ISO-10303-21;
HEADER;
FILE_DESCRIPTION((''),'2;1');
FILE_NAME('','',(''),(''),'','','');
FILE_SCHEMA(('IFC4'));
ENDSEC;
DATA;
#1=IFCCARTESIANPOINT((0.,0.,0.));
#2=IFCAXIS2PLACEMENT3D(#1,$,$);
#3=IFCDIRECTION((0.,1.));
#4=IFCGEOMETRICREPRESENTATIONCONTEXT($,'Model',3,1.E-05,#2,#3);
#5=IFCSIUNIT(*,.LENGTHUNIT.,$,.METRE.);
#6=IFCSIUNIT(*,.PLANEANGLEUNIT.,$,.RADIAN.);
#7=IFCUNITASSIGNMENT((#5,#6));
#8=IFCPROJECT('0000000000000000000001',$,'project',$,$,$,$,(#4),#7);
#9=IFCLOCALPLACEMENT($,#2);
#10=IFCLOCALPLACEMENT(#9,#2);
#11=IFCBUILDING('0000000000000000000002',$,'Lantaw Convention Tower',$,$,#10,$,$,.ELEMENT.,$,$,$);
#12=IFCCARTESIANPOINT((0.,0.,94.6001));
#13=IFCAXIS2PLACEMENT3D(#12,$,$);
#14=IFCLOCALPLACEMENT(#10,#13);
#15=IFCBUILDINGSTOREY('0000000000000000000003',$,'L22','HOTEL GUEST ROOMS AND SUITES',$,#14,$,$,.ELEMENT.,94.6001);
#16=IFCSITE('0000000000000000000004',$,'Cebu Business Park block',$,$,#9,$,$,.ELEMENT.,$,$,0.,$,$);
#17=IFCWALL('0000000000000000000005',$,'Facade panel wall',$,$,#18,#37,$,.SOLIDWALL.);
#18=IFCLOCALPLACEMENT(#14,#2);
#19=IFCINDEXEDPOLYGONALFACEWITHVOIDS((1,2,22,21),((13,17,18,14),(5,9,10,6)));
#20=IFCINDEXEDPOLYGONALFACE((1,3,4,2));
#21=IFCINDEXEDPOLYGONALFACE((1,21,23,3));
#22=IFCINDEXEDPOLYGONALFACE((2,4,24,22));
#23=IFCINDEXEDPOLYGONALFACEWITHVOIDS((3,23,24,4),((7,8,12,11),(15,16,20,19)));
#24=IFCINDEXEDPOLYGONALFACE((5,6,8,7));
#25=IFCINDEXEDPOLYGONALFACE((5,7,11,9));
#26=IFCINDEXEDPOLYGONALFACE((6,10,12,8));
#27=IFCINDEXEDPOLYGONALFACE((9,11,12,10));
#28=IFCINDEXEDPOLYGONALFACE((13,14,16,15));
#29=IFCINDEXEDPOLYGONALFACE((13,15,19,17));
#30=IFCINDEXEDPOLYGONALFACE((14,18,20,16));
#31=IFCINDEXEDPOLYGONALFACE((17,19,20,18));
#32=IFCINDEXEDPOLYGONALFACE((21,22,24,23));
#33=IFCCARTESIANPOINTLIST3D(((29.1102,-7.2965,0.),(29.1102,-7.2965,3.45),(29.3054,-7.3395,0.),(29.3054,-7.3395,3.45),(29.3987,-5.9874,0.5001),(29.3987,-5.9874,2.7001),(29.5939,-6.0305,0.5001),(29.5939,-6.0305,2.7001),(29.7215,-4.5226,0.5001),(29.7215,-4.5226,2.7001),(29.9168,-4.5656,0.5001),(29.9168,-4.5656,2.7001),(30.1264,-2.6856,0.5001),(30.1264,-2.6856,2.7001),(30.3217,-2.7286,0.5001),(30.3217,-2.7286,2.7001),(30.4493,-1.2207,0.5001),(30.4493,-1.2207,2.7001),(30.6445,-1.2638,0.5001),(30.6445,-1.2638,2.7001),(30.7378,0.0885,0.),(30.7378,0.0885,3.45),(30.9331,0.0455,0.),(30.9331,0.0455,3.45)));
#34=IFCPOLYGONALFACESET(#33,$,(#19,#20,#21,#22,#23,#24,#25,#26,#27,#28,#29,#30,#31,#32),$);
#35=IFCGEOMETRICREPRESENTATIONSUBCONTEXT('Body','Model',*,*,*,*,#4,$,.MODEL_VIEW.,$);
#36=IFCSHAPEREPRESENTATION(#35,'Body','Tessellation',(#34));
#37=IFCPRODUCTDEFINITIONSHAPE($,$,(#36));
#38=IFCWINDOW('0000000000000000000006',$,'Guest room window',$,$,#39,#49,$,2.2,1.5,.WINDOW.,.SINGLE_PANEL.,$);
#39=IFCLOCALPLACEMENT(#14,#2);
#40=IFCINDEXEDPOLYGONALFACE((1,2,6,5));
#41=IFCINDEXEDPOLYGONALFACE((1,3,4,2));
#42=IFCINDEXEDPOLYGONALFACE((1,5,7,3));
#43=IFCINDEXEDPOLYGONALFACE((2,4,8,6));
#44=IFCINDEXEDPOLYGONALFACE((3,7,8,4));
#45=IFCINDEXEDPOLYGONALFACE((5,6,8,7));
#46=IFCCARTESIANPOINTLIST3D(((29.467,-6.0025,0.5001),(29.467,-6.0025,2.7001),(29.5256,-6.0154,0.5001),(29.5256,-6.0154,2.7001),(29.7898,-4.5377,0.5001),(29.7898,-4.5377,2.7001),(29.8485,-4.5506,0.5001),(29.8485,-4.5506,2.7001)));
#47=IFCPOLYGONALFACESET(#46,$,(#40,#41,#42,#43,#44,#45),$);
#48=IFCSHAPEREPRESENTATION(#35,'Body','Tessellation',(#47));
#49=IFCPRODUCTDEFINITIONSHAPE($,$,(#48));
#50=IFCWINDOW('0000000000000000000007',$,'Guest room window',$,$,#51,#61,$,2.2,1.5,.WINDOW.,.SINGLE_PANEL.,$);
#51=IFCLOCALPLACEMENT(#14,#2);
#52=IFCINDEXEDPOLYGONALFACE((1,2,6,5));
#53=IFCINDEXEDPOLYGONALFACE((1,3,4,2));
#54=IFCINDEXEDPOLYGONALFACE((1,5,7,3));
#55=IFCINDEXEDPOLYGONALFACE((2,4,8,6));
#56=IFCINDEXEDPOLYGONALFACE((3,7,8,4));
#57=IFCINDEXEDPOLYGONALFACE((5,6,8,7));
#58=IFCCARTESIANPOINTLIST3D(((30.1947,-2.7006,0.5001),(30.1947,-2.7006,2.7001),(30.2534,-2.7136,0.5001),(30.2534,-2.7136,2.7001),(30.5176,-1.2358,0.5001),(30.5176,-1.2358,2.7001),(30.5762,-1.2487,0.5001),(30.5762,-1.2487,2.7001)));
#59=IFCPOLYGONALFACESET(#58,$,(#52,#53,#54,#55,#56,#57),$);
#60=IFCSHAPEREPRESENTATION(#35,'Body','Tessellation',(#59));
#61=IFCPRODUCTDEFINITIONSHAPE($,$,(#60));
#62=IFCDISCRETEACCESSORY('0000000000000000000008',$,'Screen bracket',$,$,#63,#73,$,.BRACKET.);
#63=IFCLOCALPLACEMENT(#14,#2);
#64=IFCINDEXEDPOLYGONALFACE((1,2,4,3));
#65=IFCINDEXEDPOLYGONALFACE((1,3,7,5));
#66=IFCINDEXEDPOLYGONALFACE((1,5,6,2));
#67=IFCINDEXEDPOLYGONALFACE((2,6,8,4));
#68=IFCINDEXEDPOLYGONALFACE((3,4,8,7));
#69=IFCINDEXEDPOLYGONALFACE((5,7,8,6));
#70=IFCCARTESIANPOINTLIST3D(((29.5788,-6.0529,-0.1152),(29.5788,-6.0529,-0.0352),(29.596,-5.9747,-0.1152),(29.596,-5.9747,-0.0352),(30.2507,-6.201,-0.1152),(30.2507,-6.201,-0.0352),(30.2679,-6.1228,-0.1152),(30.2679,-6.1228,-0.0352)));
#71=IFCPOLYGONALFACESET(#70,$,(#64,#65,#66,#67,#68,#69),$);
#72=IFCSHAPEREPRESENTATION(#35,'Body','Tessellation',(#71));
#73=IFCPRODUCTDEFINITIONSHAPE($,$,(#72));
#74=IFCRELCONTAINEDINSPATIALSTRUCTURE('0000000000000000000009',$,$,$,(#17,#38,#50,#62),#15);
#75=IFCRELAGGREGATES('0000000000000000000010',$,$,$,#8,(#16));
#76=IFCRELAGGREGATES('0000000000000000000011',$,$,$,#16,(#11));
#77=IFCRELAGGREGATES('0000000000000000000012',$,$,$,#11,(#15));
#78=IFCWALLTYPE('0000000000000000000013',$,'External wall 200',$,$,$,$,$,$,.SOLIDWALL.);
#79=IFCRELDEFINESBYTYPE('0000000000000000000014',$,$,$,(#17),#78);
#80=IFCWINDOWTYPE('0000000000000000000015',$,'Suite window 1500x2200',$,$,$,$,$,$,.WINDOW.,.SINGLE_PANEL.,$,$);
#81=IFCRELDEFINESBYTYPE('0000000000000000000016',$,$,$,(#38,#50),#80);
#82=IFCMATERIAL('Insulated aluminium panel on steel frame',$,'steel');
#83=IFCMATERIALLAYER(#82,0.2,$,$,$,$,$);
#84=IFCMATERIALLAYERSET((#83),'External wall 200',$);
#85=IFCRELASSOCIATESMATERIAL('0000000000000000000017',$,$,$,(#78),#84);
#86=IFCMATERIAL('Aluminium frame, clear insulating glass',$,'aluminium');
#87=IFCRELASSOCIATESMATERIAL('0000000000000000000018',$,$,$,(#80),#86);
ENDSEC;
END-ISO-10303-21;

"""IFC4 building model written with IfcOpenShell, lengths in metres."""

from ifc_helpers import new_model, si_unit, direction, frame, frame_2d, origin, origin_2d, place, context, subcontext, project, spatial, rectangle, extrude, material, layer, layer_set, type_object, element, fill, save


model = new_model("IFC4")

# Units and contexts
model_context = context("Model", 3, precision=1e-05, world=origin(), true_north=direction((0.0, 1.0)))
body_context = subcontext(model_context, "Body", "Model", "MODEL_VIEW")
ifc_project = project(units=[si_unit("LENGTHUNIT", "METRE"), si_unit("PLANEANGLEUNIT", "RADIAN")], contexts=[model_context])

# Site, building, storey
site_placement = place(None, origin())
site = spatial("IfcSite", under=ifc_project, at=site_placement, Name="Cebu Business Park block", CompositionType="ELEMENT", RefElevation=0.0)
building_placement = place(site_placement, origin())
building = spatial("IfcBuilding", under=site, at=building_placement, Name="Lantaw Convention Tower", CompositionType="ELEMENT")
storey_placement = place(building_placement, frame((0.0, 0.0, 94.6001)))
storey = spatial("IfcBuildingStorey", under=building, at=storey_placement, Name="L22", Description="HOTEL GUEST ROOMS AND SUITES", CompositionType="ELEMENT", Elevation=94.6001)

# Wall, openings, windows
ifc_material_1 = material(Name="Insulated aluminium panel on steel frame", Category="steel")
ifc_layer_1 = layer(ifc_material_1, 0.2)
ifc_layer_set_1 = layer_set([ifc_layer_1], Name="External wall 200")
wall_type_1 = type_object("IfcWallType", Name="External wall 200", PredefinedType="SOLIDWALL", material=ifc_layer_set_1)
ifc_material_2 = material(Name="Aluminium frame, clear insulating glass", Category="aluminium")
window_type = type_object("IfcWindowType", Name="Suite window 1500x2200", PartitioningType="SINGLE_PANEL", PredefinedType="WINDOW", material=ifc_material_2)
wall_1_placement = place(storey_placement, frame((29.2078, -7.3181, 0.0), z_axis=(0.0, 0.0, 1.0), x_axis=(0.215238, 0.976562, 0.0)))
wall_1 = element("IfcWall", 1, at=wall_1_placement, inside=storey, type_object=wall_type_1, Name="Facade panel wall", PredefinedType="SOLIDWALL", context=body_context, shape_type="SweptSolid", body=[
    extrude(rectangle(XDim=7.5623, YDim=0.2, at=frame_2d((3.7812, 0.0))), origin(), (0.0, 0.0, 1.0), 3.45),
])
opening_1_placement = place(wall_1_placement, frame((1.3406, 0.0, 0.5)))
opening_1 = element("IfcOpeningElement", 2, at=opening_1_placement, cuts=wall_1, PredefinedType="OPENING", context=body_context, shape_type="SweptSolid", body=[
    extrude(rectangle(XDim=1.5, YDim=2.2, at=frame_2d((0.75, 1.1001))), frame((0.0, 0.1099, 0.0), z_axis=(0.0, -1.0, 0.0), x_axis=(1.0, 0.0, 0.0)), (0.0, 0.0, 1.0), 0.22),
])
opening_2_placement = place(wall_1_placement, frame((4.7217, 0.0, 0.5)))
opening_2 = element("IfcOpeningElement", 3, at=opening_2_placement, cuts=wall_1, PredefinedType="OPENING", context=body_context, shape_type="SweptSolid", body=[
    extrude(rectangle(XDim=1.5, YDim=2.2, at=frame_2d((0.75, 1.1001))), frame((0.0, 0.1099, 0.0), z_axis=(0.0, -1.0, 0.0), x_axis=(1.0, 0.0, 0.0)), (0.0, 0.0, 1.0), 0.22),
])
window_1_placement = place(opening_1_placement, origin())
window_1 = element("IfcWindow", 4, at=window_1_placement, inside=storey, type_object=window_type, Name="Guest room window", OverallHeight=2.2, OverallWidth=1.5, PartitioningType="SINGLE_PANEL", PredefinedType="WINDOW", context=body_context, shape_type="SweptSolid", body=[
    extrude(rectangle(XDim=1.5, YDim=2.2, at=frame_2d((0.75, 1.1001))), frame((0.0, 0.03, 0.0), z_axis=(0.0, -1.0, 0.0), x_axis=(1.0, 0.0, 0.0)), (0.0, 0.0, 1.0), 0.0601),
])
fill(opening_1, window_1)
window_2_placement = place(opening_2_placement, origin())
window_2 = element("IfcWindow", 5, at=window_2_placement, inside=storey, type_object=window_type, Name="Guest room window", OverallHeight=2.2, OverallWidth=1.5, PartitioningType="SINGLE_PANEL", PredefinedType="WINDOW", context=body_context, shape_type="SweptSolid", body=[
    extrude(rectangle(XDim=1.5, YDim=2.2, at=frame_2d((0.75, 1.1001))), frame((0.0, 0.03, 0.0), z_axis=(0.0, -1.0, 0.0), x_axis=(1.0, 0.0, 0.0)), (0.0, 0.0, 1.0), 0.0601),
])
fill(opening_2, window_2)

# Discrete accessory
discrete_accessory_placement = place(storey_placement, frame((29.9233, -6.0879, -0.1152), z_axis=(0.0, 0.0, 1.0), x_axis=(0.215246, 0.97656, 0.0)))
element("IfcDiscreteAccessory", 6, at=discrete_accessory_placement, inside=storey, Name="Screen bracket", PredefinedType="BRACKET", context=body_context, shape_type="SweptSolid", body=[
    extrude(rectangle(XDim=0.0801, YDim=0.688, at=origin_2d()), origin(), (0.0, 0.0, 1.0), 0.0801),
])

save(model, "model.ifc")
